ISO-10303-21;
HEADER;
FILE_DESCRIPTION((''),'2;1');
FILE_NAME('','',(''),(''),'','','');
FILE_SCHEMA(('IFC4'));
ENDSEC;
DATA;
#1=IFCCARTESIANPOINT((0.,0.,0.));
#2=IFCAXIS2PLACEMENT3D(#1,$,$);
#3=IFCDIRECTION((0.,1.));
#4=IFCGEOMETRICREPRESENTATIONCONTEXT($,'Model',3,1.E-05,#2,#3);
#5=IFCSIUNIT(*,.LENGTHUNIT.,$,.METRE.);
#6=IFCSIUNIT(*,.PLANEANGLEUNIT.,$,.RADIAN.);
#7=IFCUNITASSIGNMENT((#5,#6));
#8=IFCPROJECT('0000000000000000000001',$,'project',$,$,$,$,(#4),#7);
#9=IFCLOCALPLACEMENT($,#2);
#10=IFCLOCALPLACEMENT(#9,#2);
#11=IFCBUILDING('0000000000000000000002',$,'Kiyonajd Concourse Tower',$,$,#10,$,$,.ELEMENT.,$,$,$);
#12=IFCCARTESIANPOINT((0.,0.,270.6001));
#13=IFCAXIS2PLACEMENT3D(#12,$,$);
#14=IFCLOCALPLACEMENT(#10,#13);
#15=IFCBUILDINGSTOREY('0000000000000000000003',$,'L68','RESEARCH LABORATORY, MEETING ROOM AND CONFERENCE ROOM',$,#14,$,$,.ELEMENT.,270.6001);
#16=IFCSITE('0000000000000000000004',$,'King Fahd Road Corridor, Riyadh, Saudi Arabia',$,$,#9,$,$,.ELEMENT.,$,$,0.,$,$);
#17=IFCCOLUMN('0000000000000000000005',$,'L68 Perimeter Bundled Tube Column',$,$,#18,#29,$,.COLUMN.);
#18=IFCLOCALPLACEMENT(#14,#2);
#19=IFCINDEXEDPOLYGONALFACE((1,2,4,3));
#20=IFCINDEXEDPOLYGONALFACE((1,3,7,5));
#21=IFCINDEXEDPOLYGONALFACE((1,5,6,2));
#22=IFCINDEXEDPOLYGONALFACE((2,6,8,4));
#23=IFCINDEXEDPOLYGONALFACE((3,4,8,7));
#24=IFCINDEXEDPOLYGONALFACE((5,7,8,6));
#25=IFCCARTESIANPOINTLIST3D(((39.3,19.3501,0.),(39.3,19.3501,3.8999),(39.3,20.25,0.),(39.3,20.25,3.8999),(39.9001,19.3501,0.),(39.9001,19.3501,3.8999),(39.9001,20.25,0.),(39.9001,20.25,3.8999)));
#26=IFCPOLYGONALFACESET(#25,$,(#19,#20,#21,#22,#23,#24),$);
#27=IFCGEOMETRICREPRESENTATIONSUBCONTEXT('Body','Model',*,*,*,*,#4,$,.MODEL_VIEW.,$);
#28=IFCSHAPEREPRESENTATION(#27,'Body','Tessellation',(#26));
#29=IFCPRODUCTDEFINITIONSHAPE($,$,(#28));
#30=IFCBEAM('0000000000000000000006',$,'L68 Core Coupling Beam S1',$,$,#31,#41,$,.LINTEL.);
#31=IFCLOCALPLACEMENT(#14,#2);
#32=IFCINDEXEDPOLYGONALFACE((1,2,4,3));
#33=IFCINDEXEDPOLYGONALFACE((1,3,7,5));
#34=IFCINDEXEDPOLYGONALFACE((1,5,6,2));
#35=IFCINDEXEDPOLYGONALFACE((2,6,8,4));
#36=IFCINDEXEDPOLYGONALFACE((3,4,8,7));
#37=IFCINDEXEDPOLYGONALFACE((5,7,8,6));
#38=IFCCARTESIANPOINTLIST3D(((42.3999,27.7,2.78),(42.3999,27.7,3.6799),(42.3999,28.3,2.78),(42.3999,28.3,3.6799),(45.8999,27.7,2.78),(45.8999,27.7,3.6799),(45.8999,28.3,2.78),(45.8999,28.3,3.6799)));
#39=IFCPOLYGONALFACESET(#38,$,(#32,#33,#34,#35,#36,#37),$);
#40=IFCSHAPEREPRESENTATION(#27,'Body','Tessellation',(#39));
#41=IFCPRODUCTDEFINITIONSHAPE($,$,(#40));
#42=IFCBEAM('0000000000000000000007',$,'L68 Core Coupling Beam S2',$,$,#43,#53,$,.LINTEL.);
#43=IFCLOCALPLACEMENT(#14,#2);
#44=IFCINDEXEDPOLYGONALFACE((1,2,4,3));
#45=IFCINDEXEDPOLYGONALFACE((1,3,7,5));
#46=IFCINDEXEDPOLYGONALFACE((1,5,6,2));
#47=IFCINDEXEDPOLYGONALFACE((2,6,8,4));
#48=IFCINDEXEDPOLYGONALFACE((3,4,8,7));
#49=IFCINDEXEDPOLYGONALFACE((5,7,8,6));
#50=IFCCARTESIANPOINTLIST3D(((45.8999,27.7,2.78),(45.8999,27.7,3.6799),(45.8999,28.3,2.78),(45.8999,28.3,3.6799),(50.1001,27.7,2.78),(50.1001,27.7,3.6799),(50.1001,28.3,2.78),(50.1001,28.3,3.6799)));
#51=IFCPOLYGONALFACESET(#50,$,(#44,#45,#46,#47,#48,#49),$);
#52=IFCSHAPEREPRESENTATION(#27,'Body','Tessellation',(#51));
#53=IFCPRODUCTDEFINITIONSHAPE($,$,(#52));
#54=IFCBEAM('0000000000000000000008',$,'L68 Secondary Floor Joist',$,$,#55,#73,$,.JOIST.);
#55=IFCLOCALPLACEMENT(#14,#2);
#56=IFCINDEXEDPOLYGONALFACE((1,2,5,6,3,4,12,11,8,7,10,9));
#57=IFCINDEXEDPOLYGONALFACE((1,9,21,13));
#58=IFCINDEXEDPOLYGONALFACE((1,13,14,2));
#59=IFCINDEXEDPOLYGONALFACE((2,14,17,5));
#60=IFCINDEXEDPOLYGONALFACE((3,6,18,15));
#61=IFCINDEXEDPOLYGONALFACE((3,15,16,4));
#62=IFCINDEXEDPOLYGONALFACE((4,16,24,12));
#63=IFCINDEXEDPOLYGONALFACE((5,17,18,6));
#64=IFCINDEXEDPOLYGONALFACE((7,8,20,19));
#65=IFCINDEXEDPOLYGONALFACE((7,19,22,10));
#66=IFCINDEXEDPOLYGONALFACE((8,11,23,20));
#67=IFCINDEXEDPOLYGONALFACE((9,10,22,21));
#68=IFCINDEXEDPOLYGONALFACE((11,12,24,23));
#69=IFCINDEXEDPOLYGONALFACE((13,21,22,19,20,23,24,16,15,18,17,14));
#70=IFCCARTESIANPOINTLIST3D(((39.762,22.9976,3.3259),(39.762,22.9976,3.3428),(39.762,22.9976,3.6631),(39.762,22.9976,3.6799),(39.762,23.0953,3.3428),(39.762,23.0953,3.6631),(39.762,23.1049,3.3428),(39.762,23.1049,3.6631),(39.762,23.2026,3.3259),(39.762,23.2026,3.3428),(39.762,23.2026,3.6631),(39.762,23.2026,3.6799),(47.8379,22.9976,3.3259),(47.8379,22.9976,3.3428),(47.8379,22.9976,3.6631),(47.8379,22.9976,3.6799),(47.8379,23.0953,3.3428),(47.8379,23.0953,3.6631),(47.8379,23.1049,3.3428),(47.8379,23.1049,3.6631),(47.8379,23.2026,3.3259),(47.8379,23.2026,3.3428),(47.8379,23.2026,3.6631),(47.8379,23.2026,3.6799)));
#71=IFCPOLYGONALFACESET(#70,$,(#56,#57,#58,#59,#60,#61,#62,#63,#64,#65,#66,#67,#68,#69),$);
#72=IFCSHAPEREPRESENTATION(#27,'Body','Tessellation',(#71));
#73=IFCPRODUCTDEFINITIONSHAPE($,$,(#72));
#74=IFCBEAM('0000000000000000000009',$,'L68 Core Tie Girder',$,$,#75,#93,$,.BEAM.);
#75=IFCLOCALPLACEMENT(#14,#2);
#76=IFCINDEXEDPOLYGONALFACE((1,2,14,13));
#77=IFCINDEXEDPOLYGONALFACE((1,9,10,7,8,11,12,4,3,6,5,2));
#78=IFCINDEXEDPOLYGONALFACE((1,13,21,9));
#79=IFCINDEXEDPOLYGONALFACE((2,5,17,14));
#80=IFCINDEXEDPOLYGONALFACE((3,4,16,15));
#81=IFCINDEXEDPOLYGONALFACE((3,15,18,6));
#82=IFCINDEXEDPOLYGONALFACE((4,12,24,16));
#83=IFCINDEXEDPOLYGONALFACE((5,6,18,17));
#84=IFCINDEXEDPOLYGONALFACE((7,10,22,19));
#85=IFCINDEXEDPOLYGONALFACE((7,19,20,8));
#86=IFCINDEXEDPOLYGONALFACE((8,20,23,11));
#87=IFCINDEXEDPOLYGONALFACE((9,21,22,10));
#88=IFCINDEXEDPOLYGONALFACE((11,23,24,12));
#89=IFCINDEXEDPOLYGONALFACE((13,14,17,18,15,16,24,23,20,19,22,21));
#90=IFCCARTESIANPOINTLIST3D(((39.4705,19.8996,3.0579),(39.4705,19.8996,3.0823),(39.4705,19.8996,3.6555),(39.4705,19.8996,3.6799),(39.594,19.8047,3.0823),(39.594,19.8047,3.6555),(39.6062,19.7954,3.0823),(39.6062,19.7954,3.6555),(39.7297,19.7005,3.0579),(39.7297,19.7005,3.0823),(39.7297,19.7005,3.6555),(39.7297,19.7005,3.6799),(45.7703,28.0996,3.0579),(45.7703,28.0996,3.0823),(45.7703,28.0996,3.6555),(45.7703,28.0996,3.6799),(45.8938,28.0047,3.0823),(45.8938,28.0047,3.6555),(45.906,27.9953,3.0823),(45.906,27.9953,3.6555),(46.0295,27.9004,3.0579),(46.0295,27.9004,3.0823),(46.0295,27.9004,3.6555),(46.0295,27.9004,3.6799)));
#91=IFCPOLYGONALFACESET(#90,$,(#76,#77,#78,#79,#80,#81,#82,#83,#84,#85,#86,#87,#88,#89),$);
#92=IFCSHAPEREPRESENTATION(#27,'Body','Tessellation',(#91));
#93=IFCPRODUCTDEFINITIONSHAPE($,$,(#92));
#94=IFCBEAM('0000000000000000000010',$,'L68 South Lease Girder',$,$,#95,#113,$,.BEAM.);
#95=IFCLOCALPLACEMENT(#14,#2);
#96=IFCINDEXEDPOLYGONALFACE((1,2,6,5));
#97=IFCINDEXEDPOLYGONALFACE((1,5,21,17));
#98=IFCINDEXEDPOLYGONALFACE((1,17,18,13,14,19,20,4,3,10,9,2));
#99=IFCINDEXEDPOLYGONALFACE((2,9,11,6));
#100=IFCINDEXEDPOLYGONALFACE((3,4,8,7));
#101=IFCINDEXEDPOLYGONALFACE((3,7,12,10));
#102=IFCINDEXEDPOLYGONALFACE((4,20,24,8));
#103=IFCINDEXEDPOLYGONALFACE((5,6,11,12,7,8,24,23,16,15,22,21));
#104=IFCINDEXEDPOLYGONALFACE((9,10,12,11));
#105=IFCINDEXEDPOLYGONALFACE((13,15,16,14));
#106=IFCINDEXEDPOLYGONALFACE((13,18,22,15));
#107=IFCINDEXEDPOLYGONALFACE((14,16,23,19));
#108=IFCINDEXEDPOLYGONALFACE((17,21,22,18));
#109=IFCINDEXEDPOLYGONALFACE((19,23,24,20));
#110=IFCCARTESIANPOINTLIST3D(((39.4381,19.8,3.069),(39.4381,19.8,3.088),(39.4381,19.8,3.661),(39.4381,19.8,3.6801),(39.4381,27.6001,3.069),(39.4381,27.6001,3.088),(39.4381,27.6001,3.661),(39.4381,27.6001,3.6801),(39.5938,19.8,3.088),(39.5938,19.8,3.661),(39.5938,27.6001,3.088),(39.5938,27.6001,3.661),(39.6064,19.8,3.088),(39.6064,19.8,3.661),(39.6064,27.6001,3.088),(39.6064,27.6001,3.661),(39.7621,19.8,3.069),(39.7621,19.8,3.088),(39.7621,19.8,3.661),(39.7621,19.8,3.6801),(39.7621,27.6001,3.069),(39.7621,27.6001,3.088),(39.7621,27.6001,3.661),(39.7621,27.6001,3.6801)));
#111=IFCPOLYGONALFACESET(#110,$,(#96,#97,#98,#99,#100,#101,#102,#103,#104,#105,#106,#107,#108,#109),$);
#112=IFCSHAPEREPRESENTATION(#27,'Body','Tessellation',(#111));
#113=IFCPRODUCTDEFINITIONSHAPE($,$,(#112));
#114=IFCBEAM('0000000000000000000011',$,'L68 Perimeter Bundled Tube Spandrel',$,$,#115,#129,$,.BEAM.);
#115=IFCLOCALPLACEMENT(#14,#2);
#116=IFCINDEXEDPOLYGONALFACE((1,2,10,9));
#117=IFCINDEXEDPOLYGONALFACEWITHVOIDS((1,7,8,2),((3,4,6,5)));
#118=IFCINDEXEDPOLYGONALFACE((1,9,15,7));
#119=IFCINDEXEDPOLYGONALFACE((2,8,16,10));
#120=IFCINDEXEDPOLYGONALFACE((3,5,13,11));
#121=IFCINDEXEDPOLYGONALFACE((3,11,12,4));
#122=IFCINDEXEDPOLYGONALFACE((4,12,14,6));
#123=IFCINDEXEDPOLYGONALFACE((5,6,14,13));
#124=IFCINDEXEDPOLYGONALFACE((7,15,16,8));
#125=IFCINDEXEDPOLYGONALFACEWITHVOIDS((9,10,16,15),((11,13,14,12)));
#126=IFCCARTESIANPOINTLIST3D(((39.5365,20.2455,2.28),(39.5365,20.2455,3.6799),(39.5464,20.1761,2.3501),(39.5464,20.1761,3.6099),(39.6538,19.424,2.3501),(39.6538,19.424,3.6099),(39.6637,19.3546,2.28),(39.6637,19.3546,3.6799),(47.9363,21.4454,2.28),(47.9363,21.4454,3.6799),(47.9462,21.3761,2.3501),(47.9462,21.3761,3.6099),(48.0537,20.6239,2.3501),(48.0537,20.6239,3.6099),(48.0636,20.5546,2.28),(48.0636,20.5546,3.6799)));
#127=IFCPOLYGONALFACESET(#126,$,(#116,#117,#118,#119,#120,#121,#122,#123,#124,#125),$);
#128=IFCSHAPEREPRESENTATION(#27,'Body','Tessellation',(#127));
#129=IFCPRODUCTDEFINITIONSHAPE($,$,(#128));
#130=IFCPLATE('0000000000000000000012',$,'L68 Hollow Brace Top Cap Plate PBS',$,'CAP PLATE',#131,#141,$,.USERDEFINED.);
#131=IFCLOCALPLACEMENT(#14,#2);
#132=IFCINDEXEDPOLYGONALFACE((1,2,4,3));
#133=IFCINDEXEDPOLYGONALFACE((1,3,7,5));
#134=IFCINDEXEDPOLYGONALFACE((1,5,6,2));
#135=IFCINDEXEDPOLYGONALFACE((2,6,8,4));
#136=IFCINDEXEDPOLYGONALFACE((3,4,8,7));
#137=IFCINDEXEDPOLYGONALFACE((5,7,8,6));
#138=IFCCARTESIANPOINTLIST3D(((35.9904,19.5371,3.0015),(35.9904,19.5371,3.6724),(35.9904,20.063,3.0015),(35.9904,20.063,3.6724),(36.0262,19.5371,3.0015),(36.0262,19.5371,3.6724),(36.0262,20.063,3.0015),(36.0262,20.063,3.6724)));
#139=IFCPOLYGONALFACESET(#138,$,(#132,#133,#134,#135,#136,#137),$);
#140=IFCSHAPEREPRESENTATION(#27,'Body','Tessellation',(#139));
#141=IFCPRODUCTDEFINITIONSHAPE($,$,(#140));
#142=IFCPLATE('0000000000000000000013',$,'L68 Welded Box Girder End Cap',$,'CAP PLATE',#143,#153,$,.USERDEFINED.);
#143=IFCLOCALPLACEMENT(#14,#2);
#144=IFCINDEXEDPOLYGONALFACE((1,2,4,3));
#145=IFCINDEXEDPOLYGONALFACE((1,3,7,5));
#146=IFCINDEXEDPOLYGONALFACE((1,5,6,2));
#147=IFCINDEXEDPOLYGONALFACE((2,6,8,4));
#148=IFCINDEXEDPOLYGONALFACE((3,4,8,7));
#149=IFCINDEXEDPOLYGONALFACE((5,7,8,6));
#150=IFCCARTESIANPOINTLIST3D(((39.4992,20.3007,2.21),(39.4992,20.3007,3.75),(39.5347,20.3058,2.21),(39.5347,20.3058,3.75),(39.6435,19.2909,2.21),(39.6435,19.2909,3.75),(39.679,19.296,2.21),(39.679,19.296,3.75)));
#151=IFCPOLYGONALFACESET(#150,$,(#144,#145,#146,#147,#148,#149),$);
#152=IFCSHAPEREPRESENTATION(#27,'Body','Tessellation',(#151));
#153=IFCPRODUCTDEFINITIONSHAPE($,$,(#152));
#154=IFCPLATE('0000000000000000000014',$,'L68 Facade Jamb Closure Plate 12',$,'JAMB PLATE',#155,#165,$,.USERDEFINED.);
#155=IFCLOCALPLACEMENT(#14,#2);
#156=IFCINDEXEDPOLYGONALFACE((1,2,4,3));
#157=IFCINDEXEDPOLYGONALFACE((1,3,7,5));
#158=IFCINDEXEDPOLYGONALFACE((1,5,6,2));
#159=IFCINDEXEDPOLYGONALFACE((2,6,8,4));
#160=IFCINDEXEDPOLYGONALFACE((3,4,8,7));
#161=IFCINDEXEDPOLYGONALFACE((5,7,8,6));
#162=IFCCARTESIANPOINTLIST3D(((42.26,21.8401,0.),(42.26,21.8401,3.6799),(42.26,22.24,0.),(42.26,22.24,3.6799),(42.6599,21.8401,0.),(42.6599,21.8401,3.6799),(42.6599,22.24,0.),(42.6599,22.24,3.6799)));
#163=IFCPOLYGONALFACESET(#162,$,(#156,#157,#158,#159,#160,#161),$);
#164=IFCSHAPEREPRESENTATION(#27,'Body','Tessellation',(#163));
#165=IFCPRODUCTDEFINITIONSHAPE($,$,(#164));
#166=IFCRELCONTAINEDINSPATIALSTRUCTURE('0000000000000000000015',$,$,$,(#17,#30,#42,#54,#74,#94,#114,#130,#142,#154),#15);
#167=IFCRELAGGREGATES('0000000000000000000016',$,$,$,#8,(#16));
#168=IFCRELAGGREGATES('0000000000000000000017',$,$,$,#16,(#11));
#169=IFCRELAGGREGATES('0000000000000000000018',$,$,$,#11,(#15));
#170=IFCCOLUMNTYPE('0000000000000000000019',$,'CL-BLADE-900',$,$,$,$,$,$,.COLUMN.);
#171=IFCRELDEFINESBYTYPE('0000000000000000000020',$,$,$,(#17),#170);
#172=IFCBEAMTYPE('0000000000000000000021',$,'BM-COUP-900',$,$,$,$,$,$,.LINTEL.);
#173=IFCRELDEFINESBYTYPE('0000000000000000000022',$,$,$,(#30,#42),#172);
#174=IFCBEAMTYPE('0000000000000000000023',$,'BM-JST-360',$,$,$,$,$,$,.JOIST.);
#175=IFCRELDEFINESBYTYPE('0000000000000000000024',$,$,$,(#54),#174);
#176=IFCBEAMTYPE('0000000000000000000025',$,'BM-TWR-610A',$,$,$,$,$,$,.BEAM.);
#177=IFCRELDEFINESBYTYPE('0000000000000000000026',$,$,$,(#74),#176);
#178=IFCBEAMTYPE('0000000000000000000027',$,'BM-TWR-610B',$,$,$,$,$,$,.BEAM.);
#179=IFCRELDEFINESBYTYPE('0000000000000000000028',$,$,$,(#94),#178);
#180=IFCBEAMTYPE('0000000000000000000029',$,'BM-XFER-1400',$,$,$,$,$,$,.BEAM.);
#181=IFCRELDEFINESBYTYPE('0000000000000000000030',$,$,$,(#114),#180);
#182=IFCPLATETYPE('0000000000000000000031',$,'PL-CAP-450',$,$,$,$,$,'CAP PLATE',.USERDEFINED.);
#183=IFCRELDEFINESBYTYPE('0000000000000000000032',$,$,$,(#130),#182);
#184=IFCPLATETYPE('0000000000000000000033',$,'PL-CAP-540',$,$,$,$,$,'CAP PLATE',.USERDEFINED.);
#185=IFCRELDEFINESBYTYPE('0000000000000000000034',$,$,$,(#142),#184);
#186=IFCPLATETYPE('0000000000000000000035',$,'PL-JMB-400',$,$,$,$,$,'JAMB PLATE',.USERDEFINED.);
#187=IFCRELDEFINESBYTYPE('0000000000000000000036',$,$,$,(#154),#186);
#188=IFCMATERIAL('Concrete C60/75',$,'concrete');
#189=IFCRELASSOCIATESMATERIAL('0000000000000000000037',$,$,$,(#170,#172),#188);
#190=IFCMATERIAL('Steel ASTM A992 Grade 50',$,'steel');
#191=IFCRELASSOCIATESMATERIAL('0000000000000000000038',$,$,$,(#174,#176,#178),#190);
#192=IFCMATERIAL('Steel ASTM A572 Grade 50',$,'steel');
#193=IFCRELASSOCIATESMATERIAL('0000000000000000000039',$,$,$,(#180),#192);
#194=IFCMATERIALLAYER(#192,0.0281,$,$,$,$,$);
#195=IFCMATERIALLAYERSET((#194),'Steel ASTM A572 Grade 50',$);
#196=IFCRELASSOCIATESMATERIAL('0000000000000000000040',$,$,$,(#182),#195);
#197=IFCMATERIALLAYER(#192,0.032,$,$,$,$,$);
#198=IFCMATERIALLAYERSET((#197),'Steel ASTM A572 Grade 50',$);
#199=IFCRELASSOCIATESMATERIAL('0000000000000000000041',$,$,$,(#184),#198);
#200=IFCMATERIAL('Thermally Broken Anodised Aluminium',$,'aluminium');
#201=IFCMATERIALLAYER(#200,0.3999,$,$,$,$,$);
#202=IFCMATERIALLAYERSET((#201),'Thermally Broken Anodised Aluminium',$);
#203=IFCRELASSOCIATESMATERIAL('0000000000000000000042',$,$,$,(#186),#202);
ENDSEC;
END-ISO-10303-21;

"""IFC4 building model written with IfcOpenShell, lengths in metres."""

from ifc_helpers import new_model, si_unit, direction, frame, origin, origin_2d, place, context, subcontext, project, spatial, rectangle, hollow_rectangle, i_section, extrude, material, layer, layer_set, material_profile, profile_set, type_object, element, save


model = new_model("IFC4")

# Units and contexts
model_context = context("Model", 3, precision=1e-05, world=origin(), true_north=direction((0.0, 1.0)))
body_context = subcontext(model_context, "Body", "Model", "MODEL_VIEW")
ifc_project = project(units=[si_unit("LENGTHUNIT", "METRE"), si_unit("PLANEANGLEUNIT", "RADIAN")], contexts=[model_context])

# Site, building, storey
site_placement = place(None, origin())
site = spatial("IfcSite", under=ifc_project, at=site_placement, Name="King Fahd Road Corridor, Riyadh, Saudi Arabia", CompositionType="ELEMENT", RefElevation=0.0)
building_placement = place(site_placement, origin())
building = spatial("IfcBuilding", under=site, at=building_placement, Name="Kiyonajd Concourse Tower", CompositionType="ELEMENT")
storey_placement = place(building_placement, frame((0.0, 0.0, 270.6001)))
storey = spatial("IfcBuildingStorey", under=building, at=storey_placement, Name="L68", Description="RESEARCH LABORATORY, MEETING ROOM AND CONFERENCE ROOM", CompositionType="ELEMENT", Elevation=270.6001)

# Column
ifc_material_1 = material(Name="Concrete C60/75", Category="concrete")
ifc_material_profile_1 = material_profile(ifc_material_1, rectangle(XDim=0.6001, YDim=0.8999, at=origin_2d()), Name="RC-900x600")
ifc_profile_set_1 = profile_set([ifc_material_profile_1], Name="Concrete C60/75")
column_type = type_object("IfcColumnType", Name="CL-BLADE-900", PredefinedType="COLUMN", material=ifc_profile_set_1)
column_placement = place(storey_placement, frame((39.6001, 19.8, 0.0), z_axis=(0.0, 0.0, 1.0), x_axis=(1.0, 0.0, 0.0)))
element("IfcColumn", 1, at=column_placement, inside=storey, type_object=column_type, Name="L68 Perimeter Bundled Tube Column", PredefinedType="COLUMN", context=body_context, shape_type="SweptSolid", body=[
    extrude(rectangle(XDim=0.6001, YDim=0.8999, at=origin_2d()), origin(), (0.0, 0.0, 1.0), 3.8999),
])

# Beams
ifc_material_profile_2 = material_profile(ifc_material_1, rectangle(XDim=0.6001, YDim=0.8999, at=origin_2d()), Name="RCBM-600x900")
ifc_profile_set_2 = profile_set([ifc_material_profile_2], Name="Concrete C60/75")
beam_type_1 = type_object("IfcBeamType", Name="BM-COUP-900", PredefinedType="LINTEL", material=ifc_profile_set_2)
beam_1_placement = place(storey_placement, frame((42.3999, 28.0, 3.23), z_axis=(1.0, 0.0, 0.0), x_axis=(0.0, 1.0, 0.0)))
element("IfcBeam", 2, at=beam_1_placement, inside=storey, type_object=beam_type_1, Name="L68 Core Coupling Beam S1", PredefinedType="LINTEL", context=body_context, shape_type="SweptSolid", body=[
    extrude(rectangle(XDim=0.6001, YDim=0.8999, at=origin_2d()), origin(), (0.0, 0.0, 1.0), 3.5),
])
beam_2_placement = place(storey_placement, frame((45.8999, 28.0, 3.23), z_axis=(1.0, 0.0, 0.0), x_axis=(0.0, 1.0, 0.0)))
element("IfcBeam", 3, at=beam_2_placement, inside=storey, type_object=beam_type_1, Name="L68 Core Coupling Beam S2", PredefinedType="LINTEL", context=body_context, shape_type="SweptSolid", body=[
    extrude(rectangle(XDim=0.6001, YDim=0.8999, at=origin_2d()), origin(), (0.0, 0.0, 1.0), 4.2002),
])
ifc_material_2 = material(Name="Steel ASTM A992 Grade 50", Category="steel")
ifc_material_profile_3 = material_profile(ifc_material_2, i_section(OverallWidth=0.2051, OverallDepth=0.354, WebThickness=0.0095, FlangeThickness=0.0168, at=origin_2d()), Name="W360X79")
ifc_profile_set_3 = profile_set([ifc_material_profile_3], Name="Steel ASTM A992 Grade 50")
beam_type_2 = type_object("IfcBeamType", Name="BM-JST-360", PredefinedType="JOIST", material=ifc_profile_set_3)
beam_3_placement = place(storey_placement, frame((39.762, 23.1001, 3.5029), z_axis=(1.0, 0.0, 0.0), x_axis=(0.0, 1.0, 0.0)))
element("IfcBeam", 4, at=beam_3_placement, inside=storey, type_object=beam_type_2, Name="L68 Secondary Floor Joist", PredefinedType="JOIST", context=body_context, shape_type="SweptSolid", body=[
    extrude(i_section(OverallWidth=0.2051, OverallDepth=0.354, WebThickness=0.0095, FlangeThickness=0.0168, at=origin_2d()), origin(), (0.0, 0.0, 1.0), 8.0759),
])
ifc_material_profile_4 = material_profile(ifc_material_2, i_section(OverallWidth=0.3269, OverallDepth=0.6221, WebThickness=0.0154, FlangeThickness=0.0244, at=origin_2d()), Name="W610X195")
ifc_profile_set_4 = profile_set([ifc_material_profile_4], Name="Steel ASTM A992 Grade 50")
beam_type_3 = type_object("IfcBeamType", Name="BM-TWR-610A", PredefinedType="BEAM", material=ifc_profile_set_4)
beam_4_placement = place(storey_placement, frame((39.6001, 19.8, 3.3689), z_axis=(0.609234, 0.792991, 0.0), x_axis=(-0.792991, 0.609234, 0.0)))
element("IfcBeam", 5, at=beam_4_placement, inside=storey, type_object=beam_type_3, Name="L68 Core Tie Girder", PredefinedType="BEAM", context=body_context, shape_type="SweptSolid", body=[
    extrude(i_section(OverallWidth=0.3269, OverallDepth=0.6221, WebThickness=0.0154, FlangeThickness=0.0244, at=origin_2d()), origin(), (0.0, 0.0, 1.0), 10.3406),
])
ifc_material_profile_5 = material_profile(ifc_material_2, i_section(OverallWidth=0.324, OverallDepth=0.6111, WebThickness=0.0127, FlangeThickness=0.019, at=origin_2d()), Name="W610X155")
ifc_profile_set_5 = profile_set([ifc_material_profile_5], Name="Steel ASTM A992 Grade 50")
beam_type_4 = type_object("IfcBeamType", Name="BM-TWR-610B", PredefinedType="BEAM", material=ifc_profile_set_5)
beam_5_placement = place(storey_placement, frame((39.6001, 19.8, 3.3745), z_axis=(0.0, 1.0, 0.0), x_axis=(-1.0, 0.0, 0.0)))
element("IfcBeam", 6, at=beam_5_placement, inside=storey, type_object=beam_type_4, Name="L68 South Lease Girder", PredefinedType="BEAM", context=body_context, shape_type="SweptSolid", body=[
    extrude(i_section(OverallWidth=0.324, OverallDepth=0.6111, WebThickness=0.0127, FlangeThickness=0.019, at=origin_2d()), origin(), (0.0, 0.0, 1.0), 7.8),
])
ifc_material_3 = material(Name="Steel ASTM A572 Grade 50", Category="steel")
ifc_material_profile_6 = material_profile(ifc_material_3, hollow_rectangle(XDim=0.8999, YDim=1.3999, WallThickness=0.0701, at=origin_2d()), Name="BOX-1400x900x70")
ifc_profile_set_6 = profile_set([ifc_material_profile_6], Name="Steel ASTM A572 Grade 50")
beam_type_5 = type_object("IfcBeamType", Name="BM-XFER-1400", PredefinedType="BEAM", material=ifc_profile_set_6)
beam_6_placement = place(storey_placement, frame((39.6001, 19.8, 2.98), z_axis=(0.98995, 0.141417, 0.0), x_axis=(-0.141417, 0.98995, 0.0)))
element("IfcBeam", 7, at=beam_6_placement, inside=storey, type_object=beam_type_5, Name="L68 Perimeter Bundled Tube Spandrel", PredefinedType="BEAM", context=body_context, shape_type="SweptSolid", body=[
    extrude(hollow_rectangle(XDim=0.8999, YDim=1.3999, WallThickness=0.0701, at=origin_2d()), origin(), (0.0, 0.0, 1.0), 8.4851),
])

# Plates
ifc_layer_1 = layer(ifc_material_3, 0.0281)
ifc_layer_set_1 = layer_set([ifc_layer_1], Name="Steel ASTM A572 Grade 50")
plate_type_1 = type_object("IfcPlateType", Name="PL-CAP-450", ElementType="CAP PLATE", PredefinedType="USERDEFINED", material=ifc_layer_set_1)
plate_1_placement = place(storey_placement, frame((36.0083, 19.8, 3.0015), z_axis=(0.0, 0.0, 1.0), x_axis=(1.0, 0.0, 0.0)))
element("IfcPlate", 8, at=plate_1_placement, inside=storey, type_object=plate_type_1, Name="L68 Hollow Brace Top Cap Plate PBS", ObjectType="CAP PLATE", PredefinedType="USERDEFINED", context=body_context, shape_type="SweptSolid", body=[
    extrude(rectangle(XDim=0.0359, YDim=0.5259, at=origin_2d()), origin(), (0.0, 0.0, 1.0), 0.6709),
])
ifc_layer_2 = layer(ifc_material_3, 0.032)
ifc_layer_set_2 = layer_set([ifc_layer_2], Name="Steel ASTM A572 Grade 50")
plate_type_2 = type_object("IfcPlateType", Name="PL-CAP-540", ElementType="CAP PLATE", PredefinedType="USERDEFINED", material=ifc_layer_set_2)
plate_2_placement = place(storey_placement, frame((39.5891, 19.7983, 2.21), z_axis=(0.0, 0.0, 1.0), x_axis=(-0.98995, -0.14142, 0.0)))
element("IfcPlate", 9, at=plate_2_placement, inside=storey, type_object=plate_type_2, Name="L68 Welded Box Girder End Cap", ObjectType="CAP PLATE", PredefinedType="USERDEFINED", context=body_context, shape_type="SweptSolid", body=[
    extrude(rectangle(XDim=0.0359, YDim=1.02, at=origin_2d()), origin(), (0.0, 0.0, 1.0), 1.54),
])
ifc_material_4 = material(Name="Thermally Broken Anodised Aluminium", Category="aluminium")
ifc_layer_3 = layer(ifc_material_4, 0.3999)
ifc_layer_set_3 = layer_set([ifc_layer_3], Name="Thermally Broken Anodised Aluminium")
plate_type_3 = type_object("IfcPlateType", Name="PL-JMB-400", ElementType="JAMB PLATE", PredefinedType="USERDEFINED", material=ifc_layer_set_3)
plate_3_placement = place(storey_placement, frame((42.46, 22.04, 0.0), z_axis=(0.0, 0.0, 1.0), x_axis=(1.0, 0.0, 0.0)))
element("IfcPlate", 10, at=plate_3_placement, inside=storey, type_object=plate_type_3, Name="L68 Facade Jamb Closure Plate 12", ObjectType="JAMB PLATE", PredefinedType="USERDEFINED", context=body_context, shape_type="SweptSolid", body=[
    extrude(rectangle(XDim=0.3999, YDim=0.3999, at=origin_2d()), origin(), (0.0, 0.0, 1.0), 3.6799),
])

save(model, "model.ifc")
